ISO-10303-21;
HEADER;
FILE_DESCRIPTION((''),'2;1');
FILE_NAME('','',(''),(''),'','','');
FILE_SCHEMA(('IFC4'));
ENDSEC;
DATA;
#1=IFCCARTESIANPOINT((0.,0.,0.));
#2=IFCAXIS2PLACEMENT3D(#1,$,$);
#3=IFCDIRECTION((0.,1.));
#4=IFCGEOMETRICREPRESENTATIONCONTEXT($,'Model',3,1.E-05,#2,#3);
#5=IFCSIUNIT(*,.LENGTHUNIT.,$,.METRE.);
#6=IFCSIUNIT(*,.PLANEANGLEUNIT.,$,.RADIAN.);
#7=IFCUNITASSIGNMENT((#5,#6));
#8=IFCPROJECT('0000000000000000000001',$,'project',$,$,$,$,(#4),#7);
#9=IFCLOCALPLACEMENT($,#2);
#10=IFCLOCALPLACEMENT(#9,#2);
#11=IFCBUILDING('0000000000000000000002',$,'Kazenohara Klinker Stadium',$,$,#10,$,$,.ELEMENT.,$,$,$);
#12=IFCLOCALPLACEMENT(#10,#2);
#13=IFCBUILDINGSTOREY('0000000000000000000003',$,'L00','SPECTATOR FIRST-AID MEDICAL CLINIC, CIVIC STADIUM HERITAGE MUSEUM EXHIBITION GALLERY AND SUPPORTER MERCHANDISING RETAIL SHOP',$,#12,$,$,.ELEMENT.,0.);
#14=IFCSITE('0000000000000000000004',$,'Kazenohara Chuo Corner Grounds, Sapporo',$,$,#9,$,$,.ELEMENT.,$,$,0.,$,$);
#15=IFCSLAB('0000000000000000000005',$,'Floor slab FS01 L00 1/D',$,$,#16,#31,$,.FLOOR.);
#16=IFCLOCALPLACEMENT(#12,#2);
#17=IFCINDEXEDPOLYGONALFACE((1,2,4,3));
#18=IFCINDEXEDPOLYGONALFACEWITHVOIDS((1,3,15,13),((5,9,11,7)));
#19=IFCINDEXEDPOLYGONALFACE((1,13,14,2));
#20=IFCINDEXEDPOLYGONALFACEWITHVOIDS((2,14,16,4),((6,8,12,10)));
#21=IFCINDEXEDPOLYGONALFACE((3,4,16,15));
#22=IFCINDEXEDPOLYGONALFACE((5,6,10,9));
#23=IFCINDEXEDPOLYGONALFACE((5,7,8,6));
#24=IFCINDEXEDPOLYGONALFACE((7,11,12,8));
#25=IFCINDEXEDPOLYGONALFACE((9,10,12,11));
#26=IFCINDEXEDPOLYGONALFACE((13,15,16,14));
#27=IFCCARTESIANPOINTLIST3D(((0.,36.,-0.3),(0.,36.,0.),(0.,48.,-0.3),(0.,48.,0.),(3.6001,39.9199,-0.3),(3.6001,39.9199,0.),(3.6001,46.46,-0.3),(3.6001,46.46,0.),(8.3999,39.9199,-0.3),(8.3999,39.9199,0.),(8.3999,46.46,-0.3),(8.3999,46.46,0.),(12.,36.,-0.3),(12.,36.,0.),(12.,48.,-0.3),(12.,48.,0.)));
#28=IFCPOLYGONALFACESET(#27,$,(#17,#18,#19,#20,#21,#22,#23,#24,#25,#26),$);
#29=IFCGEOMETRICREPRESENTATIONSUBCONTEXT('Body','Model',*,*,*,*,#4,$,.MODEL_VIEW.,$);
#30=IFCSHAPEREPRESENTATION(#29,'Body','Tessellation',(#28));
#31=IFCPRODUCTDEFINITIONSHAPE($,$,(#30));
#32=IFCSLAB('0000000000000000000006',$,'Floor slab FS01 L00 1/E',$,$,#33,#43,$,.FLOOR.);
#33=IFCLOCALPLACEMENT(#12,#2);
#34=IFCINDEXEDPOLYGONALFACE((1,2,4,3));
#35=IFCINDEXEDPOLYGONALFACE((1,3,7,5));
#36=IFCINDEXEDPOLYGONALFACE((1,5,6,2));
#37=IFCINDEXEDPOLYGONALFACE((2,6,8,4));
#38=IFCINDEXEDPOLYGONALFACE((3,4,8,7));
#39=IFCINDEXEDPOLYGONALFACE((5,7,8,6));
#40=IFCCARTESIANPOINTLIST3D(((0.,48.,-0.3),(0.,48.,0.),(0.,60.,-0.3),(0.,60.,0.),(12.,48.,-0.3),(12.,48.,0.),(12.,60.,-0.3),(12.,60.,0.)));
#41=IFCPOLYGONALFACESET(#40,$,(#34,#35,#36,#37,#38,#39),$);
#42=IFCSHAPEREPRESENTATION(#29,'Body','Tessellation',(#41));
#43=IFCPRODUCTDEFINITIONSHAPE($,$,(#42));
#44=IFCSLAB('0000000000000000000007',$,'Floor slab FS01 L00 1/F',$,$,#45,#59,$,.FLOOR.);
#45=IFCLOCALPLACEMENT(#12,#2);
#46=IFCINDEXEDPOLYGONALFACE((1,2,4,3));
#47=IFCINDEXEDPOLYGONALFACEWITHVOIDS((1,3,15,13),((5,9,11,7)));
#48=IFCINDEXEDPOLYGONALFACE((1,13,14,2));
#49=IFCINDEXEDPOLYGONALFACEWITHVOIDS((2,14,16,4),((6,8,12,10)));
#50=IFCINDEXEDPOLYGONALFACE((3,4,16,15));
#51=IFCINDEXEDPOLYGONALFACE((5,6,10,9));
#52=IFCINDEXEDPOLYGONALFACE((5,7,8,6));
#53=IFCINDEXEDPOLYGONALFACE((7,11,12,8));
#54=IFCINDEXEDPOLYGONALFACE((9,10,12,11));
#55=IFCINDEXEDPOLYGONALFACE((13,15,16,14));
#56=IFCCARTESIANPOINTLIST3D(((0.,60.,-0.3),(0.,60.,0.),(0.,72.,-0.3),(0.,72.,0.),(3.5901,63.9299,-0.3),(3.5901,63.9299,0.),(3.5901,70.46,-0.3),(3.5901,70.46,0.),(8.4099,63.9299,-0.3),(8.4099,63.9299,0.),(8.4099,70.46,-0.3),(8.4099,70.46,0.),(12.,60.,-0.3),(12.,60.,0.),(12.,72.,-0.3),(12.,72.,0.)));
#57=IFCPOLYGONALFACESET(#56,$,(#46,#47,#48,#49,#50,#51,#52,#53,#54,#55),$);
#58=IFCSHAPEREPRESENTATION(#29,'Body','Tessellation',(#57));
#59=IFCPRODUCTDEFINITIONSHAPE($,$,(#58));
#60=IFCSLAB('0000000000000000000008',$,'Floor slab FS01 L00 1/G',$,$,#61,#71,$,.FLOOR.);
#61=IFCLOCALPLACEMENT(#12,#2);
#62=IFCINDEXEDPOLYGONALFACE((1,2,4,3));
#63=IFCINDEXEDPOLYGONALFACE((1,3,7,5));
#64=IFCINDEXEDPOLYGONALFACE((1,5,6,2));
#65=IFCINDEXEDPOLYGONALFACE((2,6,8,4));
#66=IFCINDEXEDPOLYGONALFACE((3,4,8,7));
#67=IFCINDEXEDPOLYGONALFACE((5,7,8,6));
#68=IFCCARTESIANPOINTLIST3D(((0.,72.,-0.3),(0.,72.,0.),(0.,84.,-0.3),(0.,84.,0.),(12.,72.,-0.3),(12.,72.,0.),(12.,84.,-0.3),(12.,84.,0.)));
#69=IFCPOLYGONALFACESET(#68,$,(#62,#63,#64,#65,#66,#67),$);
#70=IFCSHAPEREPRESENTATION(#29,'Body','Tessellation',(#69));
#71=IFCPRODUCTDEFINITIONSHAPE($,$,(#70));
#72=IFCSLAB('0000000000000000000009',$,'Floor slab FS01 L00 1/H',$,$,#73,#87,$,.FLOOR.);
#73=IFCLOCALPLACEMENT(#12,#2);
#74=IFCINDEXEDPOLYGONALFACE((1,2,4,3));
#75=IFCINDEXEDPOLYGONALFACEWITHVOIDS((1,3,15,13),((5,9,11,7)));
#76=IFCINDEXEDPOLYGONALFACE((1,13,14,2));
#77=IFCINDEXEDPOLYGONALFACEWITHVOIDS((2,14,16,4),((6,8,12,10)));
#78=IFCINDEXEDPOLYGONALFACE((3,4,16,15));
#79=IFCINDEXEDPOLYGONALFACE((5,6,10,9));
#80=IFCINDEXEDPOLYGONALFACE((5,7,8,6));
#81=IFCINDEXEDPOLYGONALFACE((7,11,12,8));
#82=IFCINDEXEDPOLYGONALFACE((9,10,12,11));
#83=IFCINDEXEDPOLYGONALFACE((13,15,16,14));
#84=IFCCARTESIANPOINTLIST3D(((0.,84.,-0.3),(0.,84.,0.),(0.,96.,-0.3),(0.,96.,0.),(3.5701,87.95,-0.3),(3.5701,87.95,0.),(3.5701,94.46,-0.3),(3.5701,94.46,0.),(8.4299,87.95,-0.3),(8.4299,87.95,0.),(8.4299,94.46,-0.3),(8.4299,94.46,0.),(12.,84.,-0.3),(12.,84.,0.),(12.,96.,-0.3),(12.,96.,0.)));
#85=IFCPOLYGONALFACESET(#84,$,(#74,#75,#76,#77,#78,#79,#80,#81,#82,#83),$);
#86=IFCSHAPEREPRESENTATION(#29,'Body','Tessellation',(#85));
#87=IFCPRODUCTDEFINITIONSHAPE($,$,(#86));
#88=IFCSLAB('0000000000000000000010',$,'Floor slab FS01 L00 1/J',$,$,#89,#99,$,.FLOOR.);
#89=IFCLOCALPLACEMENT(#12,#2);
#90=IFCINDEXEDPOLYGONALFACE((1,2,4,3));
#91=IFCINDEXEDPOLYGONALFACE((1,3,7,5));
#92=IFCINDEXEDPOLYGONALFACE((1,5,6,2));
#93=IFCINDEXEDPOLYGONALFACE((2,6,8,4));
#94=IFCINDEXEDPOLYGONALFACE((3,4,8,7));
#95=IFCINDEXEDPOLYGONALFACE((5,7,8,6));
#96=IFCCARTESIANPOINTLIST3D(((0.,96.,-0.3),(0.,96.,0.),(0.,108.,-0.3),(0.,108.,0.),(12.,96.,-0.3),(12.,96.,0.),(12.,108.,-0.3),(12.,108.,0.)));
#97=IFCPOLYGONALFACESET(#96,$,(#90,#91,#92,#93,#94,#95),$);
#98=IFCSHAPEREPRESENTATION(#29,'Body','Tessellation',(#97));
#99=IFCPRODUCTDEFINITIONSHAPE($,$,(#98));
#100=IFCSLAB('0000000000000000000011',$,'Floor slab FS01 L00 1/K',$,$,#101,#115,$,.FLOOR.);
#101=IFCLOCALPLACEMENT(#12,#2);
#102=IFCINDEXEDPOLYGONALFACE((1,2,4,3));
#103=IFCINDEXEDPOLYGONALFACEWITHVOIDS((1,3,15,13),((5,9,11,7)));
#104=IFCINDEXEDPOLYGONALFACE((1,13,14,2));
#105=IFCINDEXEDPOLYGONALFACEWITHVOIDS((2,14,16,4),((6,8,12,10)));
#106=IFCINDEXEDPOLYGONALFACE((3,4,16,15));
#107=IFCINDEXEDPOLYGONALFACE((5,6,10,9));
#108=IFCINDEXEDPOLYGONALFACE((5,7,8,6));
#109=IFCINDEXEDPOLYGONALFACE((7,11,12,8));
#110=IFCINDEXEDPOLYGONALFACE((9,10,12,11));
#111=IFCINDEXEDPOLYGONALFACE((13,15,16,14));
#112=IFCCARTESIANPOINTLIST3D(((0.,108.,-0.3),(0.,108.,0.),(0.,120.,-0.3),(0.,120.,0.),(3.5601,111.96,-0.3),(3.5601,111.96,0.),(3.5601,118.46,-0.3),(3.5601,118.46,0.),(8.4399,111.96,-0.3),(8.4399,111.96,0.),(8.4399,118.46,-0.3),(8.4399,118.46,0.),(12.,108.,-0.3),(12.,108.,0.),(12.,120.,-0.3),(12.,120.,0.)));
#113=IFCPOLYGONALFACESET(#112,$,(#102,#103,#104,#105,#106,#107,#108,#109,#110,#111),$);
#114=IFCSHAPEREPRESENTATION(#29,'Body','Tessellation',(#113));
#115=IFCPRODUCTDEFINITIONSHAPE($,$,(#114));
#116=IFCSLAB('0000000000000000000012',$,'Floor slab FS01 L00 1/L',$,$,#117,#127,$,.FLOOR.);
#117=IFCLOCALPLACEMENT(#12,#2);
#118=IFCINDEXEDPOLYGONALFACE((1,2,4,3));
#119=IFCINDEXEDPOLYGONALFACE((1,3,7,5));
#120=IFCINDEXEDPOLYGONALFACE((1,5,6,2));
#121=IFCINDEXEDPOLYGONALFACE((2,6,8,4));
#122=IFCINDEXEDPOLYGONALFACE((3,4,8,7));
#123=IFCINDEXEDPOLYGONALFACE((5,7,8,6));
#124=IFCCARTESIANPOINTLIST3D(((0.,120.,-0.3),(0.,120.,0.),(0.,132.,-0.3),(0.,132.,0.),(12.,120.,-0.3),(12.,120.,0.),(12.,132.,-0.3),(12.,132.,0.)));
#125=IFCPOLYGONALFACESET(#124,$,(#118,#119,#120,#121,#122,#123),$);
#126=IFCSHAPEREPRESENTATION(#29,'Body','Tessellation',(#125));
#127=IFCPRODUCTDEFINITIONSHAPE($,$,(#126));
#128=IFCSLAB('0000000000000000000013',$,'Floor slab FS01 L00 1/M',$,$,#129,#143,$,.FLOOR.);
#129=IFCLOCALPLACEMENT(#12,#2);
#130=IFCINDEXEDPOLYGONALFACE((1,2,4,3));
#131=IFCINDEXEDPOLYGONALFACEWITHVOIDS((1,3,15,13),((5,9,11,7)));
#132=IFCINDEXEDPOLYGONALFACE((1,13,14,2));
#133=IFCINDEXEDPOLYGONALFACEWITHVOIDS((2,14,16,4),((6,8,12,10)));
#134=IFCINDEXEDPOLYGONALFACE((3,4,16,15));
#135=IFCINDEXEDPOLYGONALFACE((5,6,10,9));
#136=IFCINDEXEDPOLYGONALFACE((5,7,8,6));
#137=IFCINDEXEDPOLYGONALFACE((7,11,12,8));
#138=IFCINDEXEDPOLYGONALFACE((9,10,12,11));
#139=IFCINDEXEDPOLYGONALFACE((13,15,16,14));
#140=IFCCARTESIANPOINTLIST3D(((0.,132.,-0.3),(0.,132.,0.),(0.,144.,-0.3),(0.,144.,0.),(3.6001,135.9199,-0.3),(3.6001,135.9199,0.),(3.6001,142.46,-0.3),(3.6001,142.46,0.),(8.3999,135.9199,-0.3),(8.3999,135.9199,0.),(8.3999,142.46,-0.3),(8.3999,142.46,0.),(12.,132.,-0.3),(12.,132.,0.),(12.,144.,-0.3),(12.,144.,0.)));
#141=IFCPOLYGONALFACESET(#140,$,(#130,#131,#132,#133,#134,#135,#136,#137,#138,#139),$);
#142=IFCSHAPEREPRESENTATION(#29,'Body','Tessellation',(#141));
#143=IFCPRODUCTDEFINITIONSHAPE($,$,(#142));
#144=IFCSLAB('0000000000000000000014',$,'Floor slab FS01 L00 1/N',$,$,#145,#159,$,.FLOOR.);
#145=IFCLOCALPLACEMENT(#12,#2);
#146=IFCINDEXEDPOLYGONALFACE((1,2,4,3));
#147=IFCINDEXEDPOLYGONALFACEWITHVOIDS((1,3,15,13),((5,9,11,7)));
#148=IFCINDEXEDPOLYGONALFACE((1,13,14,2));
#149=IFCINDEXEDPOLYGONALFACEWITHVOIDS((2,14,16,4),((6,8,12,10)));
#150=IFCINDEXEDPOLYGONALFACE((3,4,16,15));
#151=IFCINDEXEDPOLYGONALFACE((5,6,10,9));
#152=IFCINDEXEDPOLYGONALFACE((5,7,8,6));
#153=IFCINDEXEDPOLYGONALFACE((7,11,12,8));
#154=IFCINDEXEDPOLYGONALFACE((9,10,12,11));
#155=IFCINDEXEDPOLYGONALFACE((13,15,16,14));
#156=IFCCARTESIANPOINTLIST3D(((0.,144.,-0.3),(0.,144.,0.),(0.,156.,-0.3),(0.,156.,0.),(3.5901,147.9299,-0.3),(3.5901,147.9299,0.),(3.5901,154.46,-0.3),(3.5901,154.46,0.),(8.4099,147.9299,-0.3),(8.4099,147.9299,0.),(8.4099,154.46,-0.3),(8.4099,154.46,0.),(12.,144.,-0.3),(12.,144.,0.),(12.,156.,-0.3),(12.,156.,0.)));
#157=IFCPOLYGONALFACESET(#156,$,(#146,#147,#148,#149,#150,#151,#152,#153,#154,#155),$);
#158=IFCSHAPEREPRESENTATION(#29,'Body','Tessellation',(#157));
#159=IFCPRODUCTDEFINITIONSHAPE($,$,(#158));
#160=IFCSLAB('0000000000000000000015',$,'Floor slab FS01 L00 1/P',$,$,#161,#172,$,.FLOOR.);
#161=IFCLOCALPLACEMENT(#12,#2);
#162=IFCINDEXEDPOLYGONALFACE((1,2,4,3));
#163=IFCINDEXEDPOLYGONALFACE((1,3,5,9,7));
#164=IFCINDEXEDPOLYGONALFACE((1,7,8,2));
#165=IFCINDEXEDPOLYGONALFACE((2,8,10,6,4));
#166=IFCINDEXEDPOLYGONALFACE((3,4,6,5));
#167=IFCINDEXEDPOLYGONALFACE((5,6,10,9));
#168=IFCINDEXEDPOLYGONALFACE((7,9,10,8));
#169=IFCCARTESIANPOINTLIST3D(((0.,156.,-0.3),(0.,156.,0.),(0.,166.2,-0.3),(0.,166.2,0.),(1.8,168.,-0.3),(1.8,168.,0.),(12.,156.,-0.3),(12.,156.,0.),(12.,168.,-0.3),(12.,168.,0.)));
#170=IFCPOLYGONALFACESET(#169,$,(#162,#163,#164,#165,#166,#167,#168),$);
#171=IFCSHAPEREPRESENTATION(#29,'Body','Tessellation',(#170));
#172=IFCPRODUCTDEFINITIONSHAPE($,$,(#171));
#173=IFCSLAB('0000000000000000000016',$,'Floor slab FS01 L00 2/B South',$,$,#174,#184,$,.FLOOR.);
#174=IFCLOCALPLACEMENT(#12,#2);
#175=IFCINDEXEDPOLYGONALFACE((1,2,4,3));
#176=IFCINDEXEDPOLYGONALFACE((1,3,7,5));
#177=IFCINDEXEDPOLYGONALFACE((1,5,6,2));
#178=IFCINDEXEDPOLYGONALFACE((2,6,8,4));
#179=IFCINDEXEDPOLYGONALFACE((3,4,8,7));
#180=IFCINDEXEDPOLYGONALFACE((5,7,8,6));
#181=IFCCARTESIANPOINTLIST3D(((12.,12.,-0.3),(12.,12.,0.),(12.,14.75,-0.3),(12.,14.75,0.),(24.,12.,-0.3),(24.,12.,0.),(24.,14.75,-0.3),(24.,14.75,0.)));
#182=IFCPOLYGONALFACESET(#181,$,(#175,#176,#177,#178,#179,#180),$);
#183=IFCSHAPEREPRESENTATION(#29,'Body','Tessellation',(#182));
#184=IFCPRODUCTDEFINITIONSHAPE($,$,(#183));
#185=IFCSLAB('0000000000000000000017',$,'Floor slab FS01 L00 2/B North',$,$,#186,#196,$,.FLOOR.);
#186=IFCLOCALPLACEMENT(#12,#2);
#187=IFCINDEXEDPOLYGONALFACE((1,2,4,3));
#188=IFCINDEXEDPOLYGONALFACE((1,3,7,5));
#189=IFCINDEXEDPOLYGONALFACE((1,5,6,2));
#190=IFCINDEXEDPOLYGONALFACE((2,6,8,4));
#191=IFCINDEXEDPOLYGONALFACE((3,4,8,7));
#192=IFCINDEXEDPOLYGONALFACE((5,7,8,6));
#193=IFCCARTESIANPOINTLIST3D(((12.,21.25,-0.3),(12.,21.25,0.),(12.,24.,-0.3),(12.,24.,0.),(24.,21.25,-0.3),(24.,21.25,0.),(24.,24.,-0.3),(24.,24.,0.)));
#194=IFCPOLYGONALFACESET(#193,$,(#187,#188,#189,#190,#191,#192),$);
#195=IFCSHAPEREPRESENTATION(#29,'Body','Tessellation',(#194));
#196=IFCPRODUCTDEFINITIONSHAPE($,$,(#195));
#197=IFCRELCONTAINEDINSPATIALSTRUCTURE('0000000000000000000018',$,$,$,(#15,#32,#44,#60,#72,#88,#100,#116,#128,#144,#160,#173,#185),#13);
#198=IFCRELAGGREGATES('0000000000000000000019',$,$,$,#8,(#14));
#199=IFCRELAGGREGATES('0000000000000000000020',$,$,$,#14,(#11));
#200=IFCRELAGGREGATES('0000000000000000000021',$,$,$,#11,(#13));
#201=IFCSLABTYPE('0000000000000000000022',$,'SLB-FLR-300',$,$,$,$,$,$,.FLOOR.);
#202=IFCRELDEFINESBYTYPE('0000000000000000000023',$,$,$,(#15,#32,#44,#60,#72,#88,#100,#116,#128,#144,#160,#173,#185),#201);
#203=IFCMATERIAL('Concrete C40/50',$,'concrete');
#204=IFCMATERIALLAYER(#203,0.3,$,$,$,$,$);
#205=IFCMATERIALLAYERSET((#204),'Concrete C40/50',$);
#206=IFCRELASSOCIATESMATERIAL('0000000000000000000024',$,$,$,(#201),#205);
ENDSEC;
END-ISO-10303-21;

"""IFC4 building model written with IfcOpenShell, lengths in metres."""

from ifc_helpers import new_model, si_unit, direction, frame, origin, place, context, subcontext, project, spatial, polyline, outline, extrude, material, layer, layer_set, type_object, element, save


model = new_model("IFC4")

# Units and contexts
model_context = context("Model", 3, precision=1e-05, world=origin(), true_north=direction((0.0, 1.0)))
body_context = subcontext(model_context, "Body", "Model", "MODEL_VIEW")
ifc_project = project(units=[si_unit("LENGTHUNIT", "METRE"), si_unit("PLANEANGLEUNIT", "RADIAN")], contexts=[model_context])

# Site, building, storey
site_placement = place(None, origin())
site = spatial("IfcSite", under=ifc_project, at=site_placement, Name="Kazenohara Chuo Corner Grounds, Sapporo", CompositionType="ELEMENT", RefElevation=0.0)
building_placement = place(site_placement, origin())
building = spatial("IfcBuilding", under=site, at=building_placement, Name="Kazenohara Klinker Stadium", CompositionType="ELEMENT")
storey_placement = place(building_placement, origin())
storey = spatial("IfcBuildingStorey", under=building, at=storey_placement, Name="L00", Description="SPECTATOR FIRST-AID MEDICAL CLINIC, CIVIC STADIUM HERITAGE MUSEUM EXHIBITION GALLERY AND SUPPORTER MERCHANDISING RETAIL SHOP", CompositionType="ELEMENT", Elevation=0.0)

# Slabs
ifc_material = material(Name="Concrete C40/50", Category="concrete")
ifc_layer = layer(ifc_material, 0.3)
ifc_layer_set = layer_set([ifc_layer], Name="Concrete C40/50")
slab_type = type_object("IfcSlabType", Name="SLB-FLR-300", PredefinedType="FLOOR", material=ifc_layer_set)
slab_1_placement = place(storey_placement, frame((0.0, 0.0, -0.3)))
element("IfcSlab", 1, at=slab_1_placement, inside=storey, type_object=slab_type, Name="Floor slab FS01 L00 1/D", PredefinedType="FLOOR", context=body_context, shape_type="SweptSolid", body=[
    extrude(outline(polyline([(0.0, 36.0), (12.0, 36.0), (12.0, 48.0), (0.0, 48.0), (0.0, 36.0)]), holes=[polyline([(8.3999, 39.9199), (8.3999, 46.46), (3.6001, 46.46), (3.6001, 39.9199), (8.3999, 39.9199)])]), origin(), (0.0, 0.0, 1.0), 0.3),
])
slab_2_placement = place(storey_placement, frame((0.0, 0.0, -0.3)))
element("IfcSlab", 2, at=slab_2_placement, inside=storey, type_object=slab_type, Name="Floor slab FS01 L00 1/E", PredefinedType="FLOOR", context=body_context, shape_type="SweptSolid", body=[
    extrude(outline(polyline([(0.0, 48.0), (12.0, 48.0), (12.0, 60.0), (0.0, 60.0), (0.0, 48.0)])), origin(), (0.0, 0.0, 1.0), 0.3),
])
slab_3_placement = place(storey_placement, frame((0.0, 0.0, -0.3)))
element("IfcSlab", 3, at=slab_3_placement, inside=storey, type_object=slab_type, Name="Floor slab FS01 L00 1/F", PredefinedType="FLOOR", context=body_context, shape_type="SweptSolid", body=[
    extrude(outline(polyline([(0.0, 60.0), (12.0, 60.0), (12.0, 72.0), (0.0, 72.0), (0.0, 60.0)]), holes=[polyline([(8.4099, 63.9299), (8.4099, 70.46), (3.5901, 70.46), (3.5901, 63.9299), (8.4099, 63.9299)])]), origin(), (0.0, 0.0, 1.0), 0.3),
])
slab_4_placement = place(storey_placement, frame((0.0, 0.0, -0.3)))
element("IfcSlab", 4, at=slab_4_placement, inside=storey, type_object=slab_type, Name="Floor slab FS01 L00 1/G", PredefinedType="FLOOR", context=body_context, shape_type="SweptSolid", body=[
    extrude(outline(polyline([(0.0, 72.0), (12.0, 72.0), (12.0, 84.0), (0.0, 84.0), (0.0, 72.0)])), origin(), (0.0, 0.0, 1.0), 0.3),
])
slab_5_placement = place(storey_placement, frame((0.0, 0.0, -0.3)))
element("IfcSlab", 5, at=slab_5_placement, inside=storey, type_object=slab_type, Name="Floor slab FS01 L00 1/H", PredefinedType="FLOOR", context=body_context, shape_type="SweptSolid", body=[
    extrude(outline(polyline([(0.0, 84.0), (12.0, 84.0), (12.0, 96.0), (0.0, 96.0), (0.0, 84.0)]), holes=[polyline([(8.4299, 87.95), (8.4299, 94.46), (3.5701, 94.46), (3.5701, 87.95), (8.4299, 87.95)])]), origin(), (0.0, 0.0, 1.0), 0.3),
])
slab_6_placement = place(storey_placement, frame((0.0, 0.0, -0.3)))
element("IfcSlab", 6, at=slab_6_placement, inside=storey, type_object=slab_type, Name="Floor slab FS01 L00 1/J", PredefinedType="FLOOR", context=body_context, shape_type="SweptSolid", body=[
    extrude(outline(polyline([(0.0, 96.0), (12.0, 96.0), (12.0, 108.0), (0.0, 108.0), (0.0, 96.0)])), origin(), (0.0, 0.0, 1.0), 0.3),
])
slab_7_placement = place(storey_placement, frame((0.0, 0.0, -0.3)))
element("IfcSlab", 7, at=slab_7_placement, inside=storey, type_object=slab_type, Name="Floor slab FS01 L00 1/K", PredefinedType="FLOOR", context=body_context, shape_type="SweptSolid", body=[
    extrude(outline(polyline([(0.0, 108.0), (12.0, 108.0), (12.0, 120.0), (0.0, 120.0), (0.0, 108.0)]), holes=[polyline([(8.4399, 111.96), (8.4399, 118.46), (3.5601, 118.46), (3.5601, 111.96), (8.4399, 111.96)])]), origin(), (0.0, 0.0, 1.0), 0.3),
])
slab_8_placement = place(storey_placement, frame((0.0, 0.0, -0.3)))
element("IfcSlab", 8, at=slab_8_placement, inside=storey, type_object=slab_type, Name="Floor slab FS01 L00 1/L", PredefinedType="FLOOR", context=body_context, shape_type="SweptSolid", body=[
    extrude(outline(polyline([(0.0, 120.0), (12.0, 120.0), (12.0, 132.0), (0.0, 132.0), (0.0, 120.0)])), origin(), (0.0, 0.0, 1.0), 0.3),
])
slab_9_placement = place(storey_placement, frame((0.0, 0.0, -0.3)))
element("IfcSlab", 9, at=slab_9_placement, inside=storey, type_object=slab_type, Name="Floor slab FS01 L00 1/M", PredefinedType="FLOOR", context=body_context, shape_type="SweptSolid", body=[
    extrude(outline(polyline([(0.0, 132.0), (12.0, 132.0), (12.0, 144.0), (0.0, 144.0), (0.0, 132.0)]), holes=[polyline([(8.3999, 135.9199), (8.3999, 142.46), (3.6001, 142.46), (3.6001, 135.9199), (8.3999, 135.9199)])]), origin(), (0.0, 0.0, 1.0), 0.3),
])
slab_10_placement = place(storey_placement, frame((0.0, 0.0, -0.3)))
element("IfcSlab", 10, at=slab_10_placement, inside=storey, type_object=slab_type, Name="Floor slab FS01 L00 1/N", PredefinedType="FLOOR", context=body_context, shape_type="SweptSolid", body=[
    extrude(outline(polyline([(0.0, 144.0), (12.0, 144.0), (12.0, 156.0), (0.0, 156.0), (0.0, 144.0)]), holes=[polyline([(8.4099, 147.9299), (8.4099, 154.46), (3.5901, 154.46), (3.5901, 147.9299), (8.4099, 147.9299)])]), origin(), (0.0, 0.0, 1.0), 0.3),
])
slab_11_placement = place(storey_placement, frame((0.0, 0.0, -0.3)))
element("IfcSlab", 11, at=slab_11_placement, inside=storey, type_object=slab_type, Name="Floor slab FS01 L00 1/P", PredefinedType="FLOOR", context=body_context, shape_type="SweptSolid", body=[
    extrude(outline(polyline([(0.0, 156.0), (12.0, 156.0), (12.0, 168.0), (1.8, 168.0), (0.0, 166.2), (0.0, 156.0)])), origin(), (0.0, 0.0, 1.0), 0.3),
])
slab_12_placement = place(storey_placement, frame((0.0, 0.0, -0.3)))
element("IfcSlab", 12, at=slab_12_placement, inside=storey, type_object=slab_type, Name="Floor slab FS01 L00 2/B South", PredefinedType="FLOOR", context=body_context, shape_type="SweptSolid", body=[
    extrude(outline(polyline([(12.0, 12.0), (24.0, 12.0), (24.0, 14.75), (12.0, 14.75), (12.0, 12.0)])), origin(), (0.0, 0.0, 1.0), 0.3),
])
slab_13_placement = place(storey_placement, frame((0.0, 0.0, -0.3)))
element("IfcSlab", 13, at=slab_13_placement, inside=storey, type_object=slab_type, Name="Floor slab FS01 L00 2/B North", PredefinedType="FLOOR", context=body_context, shape_type="SweptSolid", body=[
    extrude(outline(polyline([(12.0, 21.25), (24.0, 21.25), (24.0, 24.0), (12.0, 24.0), (12.0, 21.25)])), origin(), (0.0, 0.0, 1.0), 0.3),
])

save(model, "model.ifc")
